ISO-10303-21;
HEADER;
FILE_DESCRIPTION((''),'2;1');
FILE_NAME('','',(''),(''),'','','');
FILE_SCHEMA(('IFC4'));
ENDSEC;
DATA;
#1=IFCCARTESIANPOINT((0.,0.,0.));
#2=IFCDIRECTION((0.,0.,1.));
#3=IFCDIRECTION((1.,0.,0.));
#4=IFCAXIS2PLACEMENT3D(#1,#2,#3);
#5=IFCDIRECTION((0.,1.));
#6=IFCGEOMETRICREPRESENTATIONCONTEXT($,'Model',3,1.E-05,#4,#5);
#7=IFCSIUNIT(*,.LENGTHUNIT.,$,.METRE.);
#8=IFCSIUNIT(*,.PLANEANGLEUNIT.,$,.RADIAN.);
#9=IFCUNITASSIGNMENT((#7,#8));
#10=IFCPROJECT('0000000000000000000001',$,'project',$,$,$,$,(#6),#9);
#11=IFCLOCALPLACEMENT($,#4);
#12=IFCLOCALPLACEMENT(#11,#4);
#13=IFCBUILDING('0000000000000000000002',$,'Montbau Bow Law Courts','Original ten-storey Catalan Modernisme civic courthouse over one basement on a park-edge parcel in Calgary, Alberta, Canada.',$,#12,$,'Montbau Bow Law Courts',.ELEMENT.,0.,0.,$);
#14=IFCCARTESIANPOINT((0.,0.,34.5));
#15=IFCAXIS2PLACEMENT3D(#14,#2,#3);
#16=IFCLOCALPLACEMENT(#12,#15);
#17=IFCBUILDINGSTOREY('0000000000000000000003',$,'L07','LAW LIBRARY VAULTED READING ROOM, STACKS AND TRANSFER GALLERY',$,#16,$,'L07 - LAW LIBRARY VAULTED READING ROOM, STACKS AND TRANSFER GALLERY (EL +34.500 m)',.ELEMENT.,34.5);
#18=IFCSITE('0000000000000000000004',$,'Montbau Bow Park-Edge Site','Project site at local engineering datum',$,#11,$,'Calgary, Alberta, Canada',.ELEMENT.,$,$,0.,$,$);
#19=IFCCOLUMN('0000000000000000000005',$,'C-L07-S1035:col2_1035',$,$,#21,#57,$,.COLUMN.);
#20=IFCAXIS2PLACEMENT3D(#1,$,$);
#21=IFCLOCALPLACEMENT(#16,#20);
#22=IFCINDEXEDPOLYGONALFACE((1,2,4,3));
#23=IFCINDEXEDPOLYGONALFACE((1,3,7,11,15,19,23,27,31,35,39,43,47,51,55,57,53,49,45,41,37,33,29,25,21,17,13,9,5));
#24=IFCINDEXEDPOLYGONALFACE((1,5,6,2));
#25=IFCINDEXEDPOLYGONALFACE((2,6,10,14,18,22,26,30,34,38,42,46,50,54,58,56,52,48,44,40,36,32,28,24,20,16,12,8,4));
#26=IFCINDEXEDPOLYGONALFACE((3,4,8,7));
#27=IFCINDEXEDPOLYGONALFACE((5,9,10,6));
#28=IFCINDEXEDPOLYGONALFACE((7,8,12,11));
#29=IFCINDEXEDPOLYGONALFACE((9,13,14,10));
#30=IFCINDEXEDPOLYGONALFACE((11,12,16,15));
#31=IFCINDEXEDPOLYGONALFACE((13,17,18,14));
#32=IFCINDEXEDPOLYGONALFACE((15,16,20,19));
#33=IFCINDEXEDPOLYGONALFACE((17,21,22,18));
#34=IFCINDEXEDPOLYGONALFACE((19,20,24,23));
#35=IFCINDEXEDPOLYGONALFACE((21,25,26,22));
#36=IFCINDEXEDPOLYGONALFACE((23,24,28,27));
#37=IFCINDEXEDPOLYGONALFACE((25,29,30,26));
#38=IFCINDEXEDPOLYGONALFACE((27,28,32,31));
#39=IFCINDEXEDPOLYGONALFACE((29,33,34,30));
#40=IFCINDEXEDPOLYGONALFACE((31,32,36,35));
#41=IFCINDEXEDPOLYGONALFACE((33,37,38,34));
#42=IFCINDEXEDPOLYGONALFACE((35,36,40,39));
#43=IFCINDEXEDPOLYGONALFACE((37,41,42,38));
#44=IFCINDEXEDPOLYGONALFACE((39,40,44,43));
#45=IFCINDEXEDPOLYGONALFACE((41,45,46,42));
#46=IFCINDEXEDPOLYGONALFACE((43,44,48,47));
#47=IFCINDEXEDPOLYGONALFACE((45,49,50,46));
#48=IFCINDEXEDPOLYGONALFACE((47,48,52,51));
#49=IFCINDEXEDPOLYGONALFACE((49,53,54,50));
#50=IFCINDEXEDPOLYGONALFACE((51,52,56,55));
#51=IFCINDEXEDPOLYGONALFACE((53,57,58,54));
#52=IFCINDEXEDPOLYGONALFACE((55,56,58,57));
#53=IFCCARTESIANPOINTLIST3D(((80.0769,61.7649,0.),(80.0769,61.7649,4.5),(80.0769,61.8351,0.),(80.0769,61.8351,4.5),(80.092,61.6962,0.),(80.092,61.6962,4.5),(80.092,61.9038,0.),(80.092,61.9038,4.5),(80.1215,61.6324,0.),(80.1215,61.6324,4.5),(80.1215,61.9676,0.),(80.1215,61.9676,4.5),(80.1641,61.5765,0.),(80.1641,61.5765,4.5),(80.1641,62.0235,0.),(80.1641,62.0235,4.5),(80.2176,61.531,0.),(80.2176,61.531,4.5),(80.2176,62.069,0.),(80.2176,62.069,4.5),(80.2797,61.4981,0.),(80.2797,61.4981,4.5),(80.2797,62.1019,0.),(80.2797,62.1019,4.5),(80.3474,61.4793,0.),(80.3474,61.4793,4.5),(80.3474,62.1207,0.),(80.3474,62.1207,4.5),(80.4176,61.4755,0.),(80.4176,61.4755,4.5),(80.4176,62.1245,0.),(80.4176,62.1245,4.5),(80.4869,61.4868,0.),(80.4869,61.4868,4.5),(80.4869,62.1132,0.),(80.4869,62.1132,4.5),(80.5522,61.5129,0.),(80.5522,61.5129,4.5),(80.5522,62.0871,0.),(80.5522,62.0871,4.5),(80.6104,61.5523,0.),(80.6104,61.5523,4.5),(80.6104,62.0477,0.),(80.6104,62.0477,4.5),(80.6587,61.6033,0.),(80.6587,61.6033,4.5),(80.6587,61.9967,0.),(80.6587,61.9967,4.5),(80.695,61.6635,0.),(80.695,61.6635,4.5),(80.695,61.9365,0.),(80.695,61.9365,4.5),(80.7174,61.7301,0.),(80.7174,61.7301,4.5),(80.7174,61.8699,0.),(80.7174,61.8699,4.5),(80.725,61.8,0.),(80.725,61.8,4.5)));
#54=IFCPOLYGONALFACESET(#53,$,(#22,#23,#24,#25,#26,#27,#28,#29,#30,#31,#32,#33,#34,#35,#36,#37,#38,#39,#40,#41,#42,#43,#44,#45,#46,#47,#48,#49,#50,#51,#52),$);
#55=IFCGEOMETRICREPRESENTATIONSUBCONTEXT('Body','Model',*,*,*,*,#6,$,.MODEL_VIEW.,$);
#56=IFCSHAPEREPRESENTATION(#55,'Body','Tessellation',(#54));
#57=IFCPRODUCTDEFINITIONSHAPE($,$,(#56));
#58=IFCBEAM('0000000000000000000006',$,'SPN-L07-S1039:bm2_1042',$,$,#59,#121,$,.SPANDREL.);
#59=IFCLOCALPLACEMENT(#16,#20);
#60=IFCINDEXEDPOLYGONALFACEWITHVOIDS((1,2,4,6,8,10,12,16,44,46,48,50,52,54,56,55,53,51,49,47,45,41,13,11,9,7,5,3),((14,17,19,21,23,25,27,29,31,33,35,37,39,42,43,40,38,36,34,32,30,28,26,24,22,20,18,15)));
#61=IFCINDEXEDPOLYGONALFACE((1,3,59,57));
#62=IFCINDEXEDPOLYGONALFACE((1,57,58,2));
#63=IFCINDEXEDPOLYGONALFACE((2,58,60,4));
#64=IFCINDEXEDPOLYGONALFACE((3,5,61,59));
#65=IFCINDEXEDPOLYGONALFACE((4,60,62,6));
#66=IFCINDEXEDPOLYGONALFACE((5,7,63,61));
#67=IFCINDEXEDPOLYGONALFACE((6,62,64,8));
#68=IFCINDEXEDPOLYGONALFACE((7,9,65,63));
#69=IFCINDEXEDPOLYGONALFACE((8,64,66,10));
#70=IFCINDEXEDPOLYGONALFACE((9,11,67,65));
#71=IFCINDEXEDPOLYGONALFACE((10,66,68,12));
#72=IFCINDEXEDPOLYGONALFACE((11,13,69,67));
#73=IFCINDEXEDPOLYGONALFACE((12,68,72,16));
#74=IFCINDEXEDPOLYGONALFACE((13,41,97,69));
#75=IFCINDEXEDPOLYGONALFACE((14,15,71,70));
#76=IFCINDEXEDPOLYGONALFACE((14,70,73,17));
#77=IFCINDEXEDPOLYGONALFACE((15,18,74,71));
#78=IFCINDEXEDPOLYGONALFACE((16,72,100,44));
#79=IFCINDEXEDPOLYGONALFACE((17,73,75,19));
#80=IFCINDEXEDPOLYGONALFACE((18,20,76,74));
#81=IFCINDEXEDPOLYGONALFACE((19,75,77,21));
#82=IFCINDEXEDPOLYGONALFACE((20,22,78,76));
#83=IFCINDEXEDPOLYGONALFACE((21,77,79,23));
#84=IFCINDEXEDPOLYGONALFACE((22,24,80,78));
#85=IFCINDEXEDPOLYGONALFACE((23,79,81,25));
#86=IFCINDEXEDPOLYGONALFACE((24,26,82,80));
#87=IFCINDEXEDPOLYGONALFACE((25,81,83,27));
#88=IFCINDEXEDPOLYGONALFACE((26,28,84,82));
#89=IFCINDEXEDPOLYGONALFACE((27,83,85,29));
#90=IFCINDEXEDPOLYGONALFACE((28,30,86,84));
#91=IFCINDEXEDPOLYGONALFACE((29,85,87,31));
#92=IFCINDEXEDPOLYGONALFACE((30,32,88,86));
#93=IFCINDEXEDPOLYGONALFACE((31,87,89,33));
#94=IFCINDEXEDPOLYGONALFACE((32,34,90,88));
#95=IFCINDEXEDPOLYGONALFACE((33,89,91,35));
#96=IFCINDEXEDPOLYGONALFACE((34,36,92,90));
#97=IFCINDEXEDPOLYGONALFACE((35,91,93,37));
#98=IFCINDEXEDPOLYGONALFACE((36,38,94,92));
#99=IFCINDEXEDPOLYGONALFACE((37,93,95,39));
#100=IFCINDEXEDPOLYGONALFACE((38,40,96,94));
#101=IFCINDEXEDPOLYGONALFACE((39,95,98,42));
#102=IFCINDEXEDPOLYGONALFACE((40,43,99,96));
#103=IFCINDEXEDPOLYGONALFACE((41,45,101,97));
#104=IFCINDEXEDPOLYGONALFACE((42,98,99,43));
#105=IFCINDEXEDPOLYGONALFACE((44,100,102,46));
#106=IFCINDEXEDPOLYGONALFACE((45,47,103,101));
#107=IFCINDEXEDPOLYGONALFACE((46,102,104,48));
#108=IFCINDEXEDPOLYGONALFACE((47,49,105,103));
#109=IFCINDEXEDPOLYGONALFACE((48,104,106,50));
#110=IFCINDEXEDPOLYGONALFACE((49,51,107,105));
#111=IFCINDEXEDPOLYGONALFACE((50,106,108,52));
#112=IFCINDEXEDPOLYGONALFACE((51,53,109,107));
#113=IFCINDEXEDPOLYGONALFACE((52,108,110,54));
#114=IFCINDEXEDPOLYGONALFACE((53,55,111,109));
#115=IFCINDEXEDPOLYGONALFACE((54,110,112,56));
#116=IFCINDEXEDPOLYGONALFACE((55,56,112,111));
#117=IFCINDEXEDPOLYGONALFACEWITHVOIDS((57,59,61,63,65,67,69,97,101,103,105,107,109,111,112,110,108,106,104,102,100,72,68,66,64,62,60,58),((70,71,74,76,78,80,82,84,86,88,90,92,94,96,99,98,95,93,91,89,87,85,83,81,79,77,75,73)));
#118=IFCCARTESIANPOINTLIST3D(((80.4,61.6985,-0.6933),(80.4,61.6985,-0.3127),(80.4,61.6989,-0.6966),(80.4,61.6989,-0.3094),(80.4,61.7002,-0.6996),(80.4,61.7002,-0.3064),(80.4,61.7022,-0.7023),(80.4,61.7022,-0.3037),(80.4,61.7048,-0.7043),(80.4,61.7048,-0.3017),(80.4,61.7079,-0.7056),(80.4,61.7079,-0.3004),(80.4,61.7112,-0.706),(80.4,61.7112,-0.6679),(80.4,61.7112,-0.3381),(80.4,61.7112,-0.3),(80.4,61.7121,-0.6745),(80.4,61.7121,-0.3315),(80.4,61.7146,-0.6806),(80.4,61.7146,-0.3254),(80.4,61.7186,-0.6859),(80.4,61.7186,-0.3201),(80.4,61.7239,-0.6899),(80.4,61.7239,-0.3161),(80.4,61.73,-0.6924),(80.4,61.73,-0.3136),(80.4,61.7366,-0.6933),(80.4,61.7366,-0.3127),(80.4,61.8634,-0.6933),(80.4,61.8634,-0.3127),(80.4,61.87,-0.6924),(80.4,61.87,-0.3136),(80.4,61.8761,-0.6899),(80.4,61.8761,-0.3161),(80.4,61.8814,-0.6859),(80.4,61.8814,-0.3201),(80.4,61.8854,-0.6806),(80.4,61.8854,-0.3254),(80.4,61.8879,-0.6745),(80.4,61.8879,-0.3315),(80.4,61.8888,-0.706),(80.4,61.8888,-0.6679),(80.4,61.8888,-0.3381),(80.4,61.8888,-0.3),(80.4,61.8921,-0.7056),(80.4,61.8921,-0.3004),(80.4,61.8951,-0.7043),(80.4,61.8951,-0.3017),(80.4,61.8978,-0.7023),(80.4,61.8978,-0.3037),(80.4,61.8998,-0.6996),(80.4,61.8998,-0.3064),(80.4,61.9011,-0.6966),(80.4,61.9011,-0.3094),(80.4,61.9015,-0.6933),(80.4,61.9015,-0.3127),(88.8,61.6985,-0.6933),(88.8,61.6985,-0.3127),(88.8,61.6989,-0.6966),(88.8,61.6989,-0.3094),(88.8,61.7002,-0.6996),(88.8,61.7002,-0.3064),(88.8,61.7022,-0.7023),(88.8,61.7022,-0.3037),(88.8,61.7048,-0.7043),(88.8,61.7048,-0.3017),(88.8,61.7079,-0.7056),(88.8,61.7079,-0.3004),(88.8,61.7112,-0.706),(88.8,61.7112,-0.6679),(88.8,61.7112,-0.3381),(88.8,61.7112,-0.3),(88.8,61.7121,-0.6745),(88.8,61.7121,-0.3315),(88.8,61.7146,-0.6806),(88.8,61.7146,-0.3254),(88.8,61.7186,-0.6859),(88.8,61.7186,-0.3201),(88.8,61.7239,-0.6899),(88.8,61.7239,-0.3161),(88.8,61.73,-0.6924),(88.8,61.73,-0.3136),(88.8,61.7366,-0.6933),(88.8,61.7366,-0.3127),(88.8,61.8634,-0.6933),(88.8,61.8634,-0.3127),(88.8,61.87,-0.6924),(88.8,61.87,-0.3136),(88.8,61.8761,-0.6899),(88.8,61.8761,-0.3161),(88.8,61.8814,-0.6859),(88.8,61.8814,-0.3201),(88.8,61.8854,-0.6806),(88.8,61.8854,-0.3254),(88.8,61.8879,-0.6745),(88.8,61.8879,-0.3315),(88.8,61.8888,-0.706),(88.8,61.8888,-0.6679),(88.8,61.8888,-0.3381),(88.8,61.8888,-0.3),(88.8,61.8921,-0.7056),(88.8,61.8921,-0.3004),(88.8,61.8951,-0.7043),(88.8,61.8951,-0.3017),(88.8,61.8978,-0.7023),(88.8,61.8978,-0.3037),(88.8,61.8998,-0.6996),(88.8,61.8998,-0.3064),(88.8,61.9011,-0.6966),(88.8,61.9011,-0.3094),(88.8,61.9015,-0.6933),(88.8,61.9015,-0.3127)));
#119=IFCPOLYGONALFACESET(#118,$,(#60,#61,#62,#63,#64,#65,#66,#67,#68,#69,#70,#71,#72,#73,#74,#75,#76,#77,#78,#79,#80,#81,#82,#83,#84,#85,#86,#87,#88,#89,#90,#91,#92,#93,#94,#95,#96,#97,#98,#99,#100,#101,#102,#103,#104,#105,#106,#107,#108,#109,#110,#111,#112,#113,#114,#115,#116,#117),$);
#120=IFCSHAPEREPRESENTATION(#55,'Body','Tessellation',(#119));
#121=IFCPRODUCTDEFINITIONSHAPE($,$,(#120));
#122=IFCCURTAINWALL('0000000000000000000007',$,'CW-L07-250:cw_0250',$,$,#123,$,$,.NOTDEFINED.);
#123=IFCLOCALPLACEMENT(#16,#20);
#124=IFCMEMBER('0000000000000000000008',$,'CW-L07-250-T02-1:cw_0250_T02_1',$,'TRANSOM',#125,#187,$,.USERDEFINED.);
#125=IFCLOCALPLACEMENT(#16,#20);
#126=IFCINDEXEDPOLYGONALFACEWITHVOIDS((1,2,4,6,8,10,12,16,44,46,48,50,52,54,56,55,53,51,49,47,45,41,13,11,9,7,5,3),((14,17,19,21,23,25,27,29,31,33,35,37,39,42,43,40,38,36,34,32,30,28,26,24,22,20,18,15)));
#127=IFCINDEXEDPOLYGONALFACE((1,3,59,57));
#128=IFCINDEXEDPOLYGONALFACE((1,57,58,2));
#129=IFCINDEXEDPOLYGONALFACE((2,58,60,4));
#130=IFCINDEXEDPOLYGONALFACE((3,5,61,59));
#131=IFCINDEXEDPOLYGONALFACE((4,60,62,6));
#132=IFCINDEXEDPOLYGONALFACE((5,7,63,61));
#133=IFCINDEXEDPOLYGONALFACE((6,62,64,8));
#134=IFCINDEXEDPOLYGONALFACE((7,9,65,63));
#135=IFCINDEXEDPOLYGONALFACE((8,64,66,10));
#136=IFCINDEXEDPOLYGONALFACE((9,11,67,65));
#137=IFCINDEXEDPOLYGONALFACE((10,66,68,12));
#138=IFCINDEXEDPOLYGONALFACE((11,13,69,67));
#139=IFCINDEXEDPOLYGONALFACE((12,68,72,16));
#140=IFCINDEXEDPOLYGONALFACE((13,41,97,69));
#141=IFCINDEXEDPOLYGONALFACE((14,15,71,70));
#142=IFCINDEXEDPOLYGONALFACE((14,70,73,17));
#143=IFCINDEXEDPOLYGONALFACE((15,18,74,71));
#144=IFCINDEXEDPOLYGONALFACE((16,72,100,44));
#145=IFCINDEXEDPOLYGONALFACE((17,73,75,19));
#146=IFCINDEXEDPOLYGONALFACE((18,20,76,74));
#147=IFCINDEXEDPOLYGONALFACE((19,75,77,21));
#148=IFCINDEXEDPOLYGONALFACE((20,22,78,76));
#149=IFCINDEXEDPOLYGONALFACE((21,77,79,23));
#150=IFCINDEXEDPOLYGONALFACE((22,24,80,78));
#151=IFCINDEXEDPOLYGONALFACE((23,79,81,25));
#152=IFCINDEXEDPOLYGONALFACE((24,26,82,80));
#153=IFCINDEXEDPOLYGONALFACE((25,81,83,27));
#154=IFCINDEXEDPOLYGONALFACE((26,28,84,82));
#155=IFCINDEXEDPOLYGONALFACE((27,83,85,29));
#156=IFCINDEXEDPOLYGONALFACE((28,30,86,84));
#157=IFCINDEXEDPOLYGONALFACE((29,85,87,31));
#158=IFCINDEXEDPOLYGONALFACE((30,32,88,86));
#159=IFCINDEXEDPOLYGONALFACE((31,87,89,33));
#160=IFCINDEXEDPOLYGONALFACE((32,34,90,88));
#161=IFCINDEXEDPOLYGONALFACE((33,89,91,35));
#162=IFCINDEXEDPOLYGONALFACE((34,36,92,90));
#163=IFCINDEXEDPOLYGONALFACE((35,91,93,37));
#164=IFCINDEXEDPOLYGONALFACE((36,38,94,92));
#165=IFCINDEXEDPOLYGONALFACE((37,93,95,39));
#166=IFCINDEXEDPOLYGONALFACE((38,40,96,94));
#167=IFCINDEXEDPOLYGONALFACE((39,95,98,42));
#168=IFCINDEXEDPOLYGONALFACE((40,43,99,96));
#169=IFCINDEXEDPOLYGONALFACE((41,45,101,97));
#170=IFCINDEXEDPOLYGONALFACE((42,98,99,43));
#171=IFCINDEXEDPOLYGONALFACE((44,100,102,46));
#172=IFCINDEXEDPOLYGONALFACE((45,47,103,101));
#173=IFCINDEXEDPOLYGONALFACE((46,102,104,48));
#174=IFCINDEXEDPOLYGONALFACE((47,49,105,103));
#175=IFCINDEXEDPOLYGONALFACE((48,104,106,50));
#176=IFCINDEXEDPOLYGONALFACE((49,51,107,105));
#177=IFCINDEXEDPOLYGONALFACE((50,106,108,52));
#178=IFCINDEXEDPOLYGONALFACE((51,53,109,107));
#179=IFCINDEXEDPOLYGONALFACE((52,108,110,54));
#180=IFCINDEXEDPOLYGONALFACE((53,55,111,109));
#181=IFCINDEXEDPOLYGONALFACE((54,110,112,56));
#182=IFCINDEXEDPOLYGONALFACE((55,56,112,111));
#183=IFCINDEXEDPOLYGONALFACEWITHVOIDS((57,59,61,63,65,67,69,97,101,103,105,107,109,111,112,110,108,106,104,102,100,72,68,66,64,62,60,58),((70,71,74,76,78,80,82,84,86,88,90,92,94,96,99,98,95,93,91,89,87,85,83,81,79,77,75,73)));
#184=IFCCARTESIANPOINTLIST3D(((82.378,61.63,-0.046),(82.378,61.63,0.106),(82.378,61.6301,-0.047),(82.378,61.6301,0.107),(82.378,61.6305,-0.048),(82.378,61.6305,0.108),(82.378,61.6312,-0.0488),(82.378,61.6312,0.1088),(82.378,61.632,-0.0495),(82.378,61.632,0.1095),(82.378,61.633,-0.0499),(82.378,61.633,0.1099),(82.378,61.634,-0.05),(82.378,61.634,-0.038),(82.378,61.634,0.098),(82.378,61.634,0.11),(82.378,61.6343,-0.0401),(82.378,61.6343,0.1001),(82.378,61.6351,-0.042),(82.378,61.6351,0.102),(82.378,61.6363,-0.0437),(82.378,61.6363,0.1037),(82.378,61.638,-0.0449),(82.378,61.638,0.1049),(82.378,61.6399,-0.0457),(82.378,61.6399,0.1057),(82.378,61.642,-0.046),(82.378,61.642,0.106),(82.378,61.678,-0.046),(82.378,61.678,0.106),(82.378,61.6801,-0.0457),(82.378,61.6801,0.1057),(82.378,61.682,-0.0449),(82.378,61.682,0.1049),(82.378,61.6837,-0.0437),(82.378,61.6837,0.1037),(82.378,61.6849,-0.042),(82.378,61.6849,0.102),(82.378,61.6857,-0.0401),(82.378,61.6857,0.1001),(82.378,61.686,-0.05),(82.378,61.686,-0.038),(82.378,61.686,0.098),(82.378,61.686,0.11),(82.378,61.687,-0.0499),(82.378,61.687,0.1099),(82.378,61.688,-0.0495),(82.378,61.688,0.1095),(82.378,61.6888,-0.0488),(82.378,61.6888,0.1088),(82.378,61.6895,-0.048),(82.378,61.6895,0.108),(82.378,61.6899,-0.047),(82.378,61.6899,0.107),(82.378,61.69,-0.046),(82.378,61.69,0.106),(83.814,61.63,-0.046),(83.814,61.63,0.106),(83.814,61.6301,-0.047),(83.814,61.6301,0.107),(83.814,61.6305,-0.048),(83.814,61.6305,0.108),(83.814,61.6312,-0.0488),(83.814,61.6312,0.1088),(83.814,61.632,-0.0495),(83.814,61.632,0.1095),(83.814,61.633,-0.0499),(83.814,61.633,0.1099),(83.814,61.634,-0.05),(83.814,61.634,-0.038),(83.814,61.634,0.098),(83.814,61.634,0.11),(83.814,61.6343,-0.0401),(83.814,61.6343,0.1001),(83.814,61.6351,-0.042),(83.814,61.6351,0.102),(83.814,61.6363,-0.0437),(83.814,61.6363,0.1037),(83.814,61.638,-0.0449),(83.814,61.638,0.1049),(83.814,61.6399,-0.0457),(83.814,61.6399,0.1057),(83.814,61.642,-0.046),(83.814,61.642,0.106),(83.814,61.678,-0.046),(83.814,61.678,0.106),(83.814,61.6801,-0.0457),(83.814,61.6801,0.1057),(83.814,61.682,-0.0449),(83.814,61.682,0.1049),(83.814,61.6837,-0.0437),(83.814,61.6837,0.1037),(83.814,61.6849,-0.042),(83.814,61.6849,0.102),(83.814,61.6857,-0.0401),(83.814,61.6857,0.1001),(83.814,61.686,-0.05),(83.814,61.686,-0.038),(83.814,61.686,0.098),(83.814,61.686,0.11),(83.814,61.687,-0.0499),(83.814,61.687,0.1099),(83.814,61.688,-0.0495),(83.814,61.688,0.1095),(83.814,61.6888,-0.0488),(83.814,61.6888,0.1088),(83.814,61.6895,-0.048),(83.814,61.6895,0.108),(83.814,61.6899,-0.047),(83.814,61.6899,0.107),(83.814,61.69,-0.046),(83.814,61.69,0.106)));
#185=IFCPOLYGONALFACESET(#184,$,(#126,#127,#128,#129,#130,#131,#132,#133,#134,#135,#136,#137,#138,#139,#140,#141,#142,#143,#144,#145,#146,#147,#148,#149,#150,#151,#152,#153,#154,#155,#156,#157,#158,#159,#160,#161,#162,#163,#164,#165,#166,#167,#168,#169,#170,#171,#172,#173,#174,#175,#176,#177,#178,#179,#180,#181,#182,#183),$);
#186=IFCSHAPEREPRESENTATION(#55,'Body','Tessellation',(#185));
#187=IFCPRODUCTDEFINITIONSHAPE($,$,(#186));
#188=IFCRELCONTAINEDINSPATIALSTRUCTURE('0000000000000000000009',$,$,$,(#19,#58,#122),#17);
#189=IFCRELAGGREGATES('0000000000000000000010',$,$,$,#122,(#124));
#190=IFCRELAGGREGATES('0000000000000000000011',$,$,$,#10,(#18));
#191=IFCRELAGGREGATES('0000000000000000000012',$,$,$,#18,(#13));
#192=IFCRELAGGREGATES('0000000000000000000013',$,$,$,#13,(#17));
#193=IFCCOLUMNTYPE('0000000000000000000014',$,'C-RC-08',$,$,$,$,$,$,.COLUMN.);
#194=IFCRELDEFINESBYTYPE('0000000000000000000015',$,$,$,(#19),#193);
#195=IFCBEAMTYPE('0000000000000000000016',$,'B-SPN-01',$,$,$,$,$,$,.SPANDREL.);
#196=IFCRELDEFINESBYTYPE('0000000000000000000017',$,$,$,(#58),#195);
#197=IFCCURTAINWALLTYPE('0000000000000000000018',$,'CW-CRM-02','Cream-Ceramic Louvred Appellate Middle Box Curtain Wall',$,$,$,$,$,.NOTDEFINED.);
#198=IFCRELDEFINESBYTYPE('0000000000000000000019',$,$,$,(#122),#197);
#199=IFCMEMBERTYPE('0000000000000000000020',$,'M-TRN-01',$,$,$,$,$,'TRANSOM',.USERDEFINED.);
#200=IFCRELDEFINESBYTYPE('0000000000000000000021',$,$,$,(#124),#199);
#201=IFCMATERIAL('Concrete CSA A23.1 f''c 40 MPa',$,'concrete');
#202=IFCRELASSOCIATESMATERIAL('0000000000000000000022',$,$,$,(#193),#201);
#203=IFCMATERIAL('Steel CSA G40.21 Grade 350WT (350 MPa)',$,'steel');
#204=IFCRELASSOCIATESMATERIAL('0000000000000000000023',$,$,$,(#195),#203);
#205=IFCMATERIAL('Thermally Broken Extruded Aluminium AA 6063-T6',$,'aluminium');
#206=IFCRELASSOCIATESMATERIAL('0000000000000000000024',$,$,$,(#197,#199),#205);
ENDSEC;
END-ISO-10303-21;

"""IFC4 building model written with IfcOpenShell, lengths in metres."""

from ifc_helpers import new_model, si_unit, direction, frame, origin_with_axes, origin_2d_with_axis, place, context, subcontext, project, spatial, hollow_rectangle, circle, extrude, material, material_profile, profile_set, type_object, element, aggregate, save


model = new_model("IFC4")

# Units and contexts
model_context = context("Model", 3, precision=1e-05, world=origin_with_axes(), true_north=direction((0.0, 1.0)))
body_context = subcontext(model_context, "Body", "Model", "MODEL_VIEW")
ifc_project = project(units=[si_unit("LENGTHUNIT", "METRE"), si_unit("PLANEANGLEUNIT", "RADIAN")], contexts=[model_context])

# Site, building, storey
site_placement = place(None, origin_with_axes())
site = spatial("IfcSite", under=ifc_project, at=site_placement, Name="Montbau Bow Park-Edge Site", Description="Project site at local engineering datum", LongName="Calgary, Alberta, Canada", CompositionType="ELEMENT", RefElevation=0.0)
building_placement = place(site_placement, origin_with_axes())
building = spatial("IfcBuilding", under=site, at=building_placement, Name="Montbau Bow Law Courts", Description="Original ten-storey Catalan Modernisme civic courthouse over one basement on a park-edge parcel in Calgary, Alberta, Canada.", LongName="Montbau Bow Law Courts", CompositionType="ELEMENT", ElevationOfRefHeight=0.0, ElevationOfTerrain=0.0)
storey_placement = place(building_placement, frame((0.0, 0.0, 34.5), z_axis=(0.0, 0.0, 1.0), x_axis=(1.0, 0.0, 0.0)))
storey = spatial("IfcBuildingStorey", under=building, at=storey_placement, Name="L07", Description="LAW LIBRARY VAULTED READING ROOM, STACKS AND TRANSFER GALLERY", LongName="L07 - LAW LIBRARY VAULTED READING ROOM, STACKS AND TRANSFER GALLERY (EL +34.500 m)", CompositionType="ELEMENT", Elevation=34.5)

# Column
ifc_material_1 = material(Name="Concrete CSA A23.1 f'c 40 MPa", Category="concrete")
ifc_material_profile_1 = material_profile(ifc_material_1, circle(Radius=0.325, at=origin_2d_with_axis()), Name="RC650D", Category="Main", Priority=0)
ifc_profile_set_1 = profile_set([ifc_material_profile_1], Name="Concrete CSA A23.1 f'c 40 MPa")
column_type = type_object("IfcColumnType", Name="C-RC-08", PredefinedType="COLUMN", material=ifc_profile_set_1)
column_placement = place(None, frame((80.4, 61.8, 34.5), z_axis=(0.0, 0.0, 1.0), x_axis=(1.0, 0.0, 0.0)))
element("IfcColumn", 1, at=column_placement, inside=storey, type_object=column_type, Name="C-L07-S1035:col2_1035", PredefinedType="COLUMN", context=body_context, shape_type="SweptSolid", body=[
    extrude(circle(Radius=0.325, at=origin_2d_with_axis()), origin_with_axes(), (0.0, 0.0, 1.0), 4.5),
])

# Beam
ifc_material_2 = material(Name="Steel CSA G40.21 Grade 350WT (350 MPa)", Category="steel")
ifc_material_profile_2 = material_profile(ifc_material_2, hollow_rectangle(XDim=0.203, YDim=0.406, WallThickness=0.0127, InnerFilletRadius=0.0254, OuterFilletRadius=0.0127, at=origin_2d_with_axis()), Name="HSS406X203X13", Category="Main", Priority=0)
ifc_profile_set_2 = profile_set([ifc_material_profile_2], Name="Steel CSA G40.21 Grade 350WT (350 MPa)")
beam_type = type_object("IfcBeamType", Name="B-SPN-01", PredefinedType="SPANDREL", material=ifc_profile_set_2)
beam_placement = place(None, frame((80.4, 61.8, 33.997), z_axis=(1.0, 0.0, 0.0), x_axis=(0.0, 1.0, 0.0)))
element("IfcBeam", 2, at=beam_placement, inside=storey, type_object=beam_type, Name="SPN-L07-S1039:bm2_1042", PredefinedType="SPANDREL", context=body_context, shape_type="SweptSolid", body=[
    extrude(hollow_rectangle(XDim=0.203, YDim=0.406, WallThickness=0.0127, InnerFilletRadius=0.0254, OuterFilletRadius=0.0127, at=origin_2d_with_axis()), origin_with_axes(), (0.0, 0.0, 1.0), 8.4),
])

# Curtain wall, member
ifc_material_3 = material(Name="Thermally Broken Extruded Aluminium AA 6063-T6", Category="aluminium")
curtain_wall_type = type_object("IfcCurtainWallType", Name="CW-CRM-02", Description="Cream-Ceramic Louvred Appellate Middle Box Curtain Wall", PredefinedType="NOTDEFINED", material=ifc_material_3)
curtain_wall_placement = place(None, frame((80.84, 61.66, 34.5), z_axis=(0.0, 0.0, 1.0), x_axis=(1.0, 0.0, 0.0)))
curtain_wall = element("IfcCurtainWall", 3, at=curtain_wall_placement, inside=storey, type_object=curtain_wall_type, Name="CW-L07-250:cw_0250", PredefinedType="NOTDEFINED")
ifc_material_profile_3 = material_profile(ifc_material_3, hollow_rectangle(XDim=0.06, YDim=0.16, WallThickness=0.004, InnerFilletRadius=0.008, OuterFilletRadius=0.004, at=origin_2d_with_axis()), Name="CWT-160X60", Category="Main", Priority=0)
ifc_profile_set_3 = profile_set([ifc_material_profile_3], Name="Thermally Broken Extruded Aluminium AA 6063-T6")
member_type = type_object("IfcMemberType", Name="M-TRN-01", ElementType="TRANSOM", PredefinedType="USERDEFINED", material=ifc_profile_set_3)
member_1_placement = place(None, frame((82.378, 61.66, 34.53), z_axis=(1.0, 0.0, 0.0), x_axis=(0.0, 1.0, 0.0)))
member_1 = element("IfcMember", 4, at=member_1_placement, type_object=member_type, Name="CW-L07-250-T02-1:cw_0250_T02_1", ObjectType="TRANSOM", PredefinedType="USERDEFINED", context=body_context, shape_type="SweptSolid", body=[
    extrude(hollow_rectangle(XDim=0.06, YDim=0.16, WallThickness=0.004, InnerFilletRadius=0.008, OuterFilletRadius=0.004, at=origin_2d_with_axis()), origin_with_axes(), (0.0, 0.0, 1.0), 1.436),
])
aggregate(curtain_wall, [member_1])

save(model, "model.ifc")
